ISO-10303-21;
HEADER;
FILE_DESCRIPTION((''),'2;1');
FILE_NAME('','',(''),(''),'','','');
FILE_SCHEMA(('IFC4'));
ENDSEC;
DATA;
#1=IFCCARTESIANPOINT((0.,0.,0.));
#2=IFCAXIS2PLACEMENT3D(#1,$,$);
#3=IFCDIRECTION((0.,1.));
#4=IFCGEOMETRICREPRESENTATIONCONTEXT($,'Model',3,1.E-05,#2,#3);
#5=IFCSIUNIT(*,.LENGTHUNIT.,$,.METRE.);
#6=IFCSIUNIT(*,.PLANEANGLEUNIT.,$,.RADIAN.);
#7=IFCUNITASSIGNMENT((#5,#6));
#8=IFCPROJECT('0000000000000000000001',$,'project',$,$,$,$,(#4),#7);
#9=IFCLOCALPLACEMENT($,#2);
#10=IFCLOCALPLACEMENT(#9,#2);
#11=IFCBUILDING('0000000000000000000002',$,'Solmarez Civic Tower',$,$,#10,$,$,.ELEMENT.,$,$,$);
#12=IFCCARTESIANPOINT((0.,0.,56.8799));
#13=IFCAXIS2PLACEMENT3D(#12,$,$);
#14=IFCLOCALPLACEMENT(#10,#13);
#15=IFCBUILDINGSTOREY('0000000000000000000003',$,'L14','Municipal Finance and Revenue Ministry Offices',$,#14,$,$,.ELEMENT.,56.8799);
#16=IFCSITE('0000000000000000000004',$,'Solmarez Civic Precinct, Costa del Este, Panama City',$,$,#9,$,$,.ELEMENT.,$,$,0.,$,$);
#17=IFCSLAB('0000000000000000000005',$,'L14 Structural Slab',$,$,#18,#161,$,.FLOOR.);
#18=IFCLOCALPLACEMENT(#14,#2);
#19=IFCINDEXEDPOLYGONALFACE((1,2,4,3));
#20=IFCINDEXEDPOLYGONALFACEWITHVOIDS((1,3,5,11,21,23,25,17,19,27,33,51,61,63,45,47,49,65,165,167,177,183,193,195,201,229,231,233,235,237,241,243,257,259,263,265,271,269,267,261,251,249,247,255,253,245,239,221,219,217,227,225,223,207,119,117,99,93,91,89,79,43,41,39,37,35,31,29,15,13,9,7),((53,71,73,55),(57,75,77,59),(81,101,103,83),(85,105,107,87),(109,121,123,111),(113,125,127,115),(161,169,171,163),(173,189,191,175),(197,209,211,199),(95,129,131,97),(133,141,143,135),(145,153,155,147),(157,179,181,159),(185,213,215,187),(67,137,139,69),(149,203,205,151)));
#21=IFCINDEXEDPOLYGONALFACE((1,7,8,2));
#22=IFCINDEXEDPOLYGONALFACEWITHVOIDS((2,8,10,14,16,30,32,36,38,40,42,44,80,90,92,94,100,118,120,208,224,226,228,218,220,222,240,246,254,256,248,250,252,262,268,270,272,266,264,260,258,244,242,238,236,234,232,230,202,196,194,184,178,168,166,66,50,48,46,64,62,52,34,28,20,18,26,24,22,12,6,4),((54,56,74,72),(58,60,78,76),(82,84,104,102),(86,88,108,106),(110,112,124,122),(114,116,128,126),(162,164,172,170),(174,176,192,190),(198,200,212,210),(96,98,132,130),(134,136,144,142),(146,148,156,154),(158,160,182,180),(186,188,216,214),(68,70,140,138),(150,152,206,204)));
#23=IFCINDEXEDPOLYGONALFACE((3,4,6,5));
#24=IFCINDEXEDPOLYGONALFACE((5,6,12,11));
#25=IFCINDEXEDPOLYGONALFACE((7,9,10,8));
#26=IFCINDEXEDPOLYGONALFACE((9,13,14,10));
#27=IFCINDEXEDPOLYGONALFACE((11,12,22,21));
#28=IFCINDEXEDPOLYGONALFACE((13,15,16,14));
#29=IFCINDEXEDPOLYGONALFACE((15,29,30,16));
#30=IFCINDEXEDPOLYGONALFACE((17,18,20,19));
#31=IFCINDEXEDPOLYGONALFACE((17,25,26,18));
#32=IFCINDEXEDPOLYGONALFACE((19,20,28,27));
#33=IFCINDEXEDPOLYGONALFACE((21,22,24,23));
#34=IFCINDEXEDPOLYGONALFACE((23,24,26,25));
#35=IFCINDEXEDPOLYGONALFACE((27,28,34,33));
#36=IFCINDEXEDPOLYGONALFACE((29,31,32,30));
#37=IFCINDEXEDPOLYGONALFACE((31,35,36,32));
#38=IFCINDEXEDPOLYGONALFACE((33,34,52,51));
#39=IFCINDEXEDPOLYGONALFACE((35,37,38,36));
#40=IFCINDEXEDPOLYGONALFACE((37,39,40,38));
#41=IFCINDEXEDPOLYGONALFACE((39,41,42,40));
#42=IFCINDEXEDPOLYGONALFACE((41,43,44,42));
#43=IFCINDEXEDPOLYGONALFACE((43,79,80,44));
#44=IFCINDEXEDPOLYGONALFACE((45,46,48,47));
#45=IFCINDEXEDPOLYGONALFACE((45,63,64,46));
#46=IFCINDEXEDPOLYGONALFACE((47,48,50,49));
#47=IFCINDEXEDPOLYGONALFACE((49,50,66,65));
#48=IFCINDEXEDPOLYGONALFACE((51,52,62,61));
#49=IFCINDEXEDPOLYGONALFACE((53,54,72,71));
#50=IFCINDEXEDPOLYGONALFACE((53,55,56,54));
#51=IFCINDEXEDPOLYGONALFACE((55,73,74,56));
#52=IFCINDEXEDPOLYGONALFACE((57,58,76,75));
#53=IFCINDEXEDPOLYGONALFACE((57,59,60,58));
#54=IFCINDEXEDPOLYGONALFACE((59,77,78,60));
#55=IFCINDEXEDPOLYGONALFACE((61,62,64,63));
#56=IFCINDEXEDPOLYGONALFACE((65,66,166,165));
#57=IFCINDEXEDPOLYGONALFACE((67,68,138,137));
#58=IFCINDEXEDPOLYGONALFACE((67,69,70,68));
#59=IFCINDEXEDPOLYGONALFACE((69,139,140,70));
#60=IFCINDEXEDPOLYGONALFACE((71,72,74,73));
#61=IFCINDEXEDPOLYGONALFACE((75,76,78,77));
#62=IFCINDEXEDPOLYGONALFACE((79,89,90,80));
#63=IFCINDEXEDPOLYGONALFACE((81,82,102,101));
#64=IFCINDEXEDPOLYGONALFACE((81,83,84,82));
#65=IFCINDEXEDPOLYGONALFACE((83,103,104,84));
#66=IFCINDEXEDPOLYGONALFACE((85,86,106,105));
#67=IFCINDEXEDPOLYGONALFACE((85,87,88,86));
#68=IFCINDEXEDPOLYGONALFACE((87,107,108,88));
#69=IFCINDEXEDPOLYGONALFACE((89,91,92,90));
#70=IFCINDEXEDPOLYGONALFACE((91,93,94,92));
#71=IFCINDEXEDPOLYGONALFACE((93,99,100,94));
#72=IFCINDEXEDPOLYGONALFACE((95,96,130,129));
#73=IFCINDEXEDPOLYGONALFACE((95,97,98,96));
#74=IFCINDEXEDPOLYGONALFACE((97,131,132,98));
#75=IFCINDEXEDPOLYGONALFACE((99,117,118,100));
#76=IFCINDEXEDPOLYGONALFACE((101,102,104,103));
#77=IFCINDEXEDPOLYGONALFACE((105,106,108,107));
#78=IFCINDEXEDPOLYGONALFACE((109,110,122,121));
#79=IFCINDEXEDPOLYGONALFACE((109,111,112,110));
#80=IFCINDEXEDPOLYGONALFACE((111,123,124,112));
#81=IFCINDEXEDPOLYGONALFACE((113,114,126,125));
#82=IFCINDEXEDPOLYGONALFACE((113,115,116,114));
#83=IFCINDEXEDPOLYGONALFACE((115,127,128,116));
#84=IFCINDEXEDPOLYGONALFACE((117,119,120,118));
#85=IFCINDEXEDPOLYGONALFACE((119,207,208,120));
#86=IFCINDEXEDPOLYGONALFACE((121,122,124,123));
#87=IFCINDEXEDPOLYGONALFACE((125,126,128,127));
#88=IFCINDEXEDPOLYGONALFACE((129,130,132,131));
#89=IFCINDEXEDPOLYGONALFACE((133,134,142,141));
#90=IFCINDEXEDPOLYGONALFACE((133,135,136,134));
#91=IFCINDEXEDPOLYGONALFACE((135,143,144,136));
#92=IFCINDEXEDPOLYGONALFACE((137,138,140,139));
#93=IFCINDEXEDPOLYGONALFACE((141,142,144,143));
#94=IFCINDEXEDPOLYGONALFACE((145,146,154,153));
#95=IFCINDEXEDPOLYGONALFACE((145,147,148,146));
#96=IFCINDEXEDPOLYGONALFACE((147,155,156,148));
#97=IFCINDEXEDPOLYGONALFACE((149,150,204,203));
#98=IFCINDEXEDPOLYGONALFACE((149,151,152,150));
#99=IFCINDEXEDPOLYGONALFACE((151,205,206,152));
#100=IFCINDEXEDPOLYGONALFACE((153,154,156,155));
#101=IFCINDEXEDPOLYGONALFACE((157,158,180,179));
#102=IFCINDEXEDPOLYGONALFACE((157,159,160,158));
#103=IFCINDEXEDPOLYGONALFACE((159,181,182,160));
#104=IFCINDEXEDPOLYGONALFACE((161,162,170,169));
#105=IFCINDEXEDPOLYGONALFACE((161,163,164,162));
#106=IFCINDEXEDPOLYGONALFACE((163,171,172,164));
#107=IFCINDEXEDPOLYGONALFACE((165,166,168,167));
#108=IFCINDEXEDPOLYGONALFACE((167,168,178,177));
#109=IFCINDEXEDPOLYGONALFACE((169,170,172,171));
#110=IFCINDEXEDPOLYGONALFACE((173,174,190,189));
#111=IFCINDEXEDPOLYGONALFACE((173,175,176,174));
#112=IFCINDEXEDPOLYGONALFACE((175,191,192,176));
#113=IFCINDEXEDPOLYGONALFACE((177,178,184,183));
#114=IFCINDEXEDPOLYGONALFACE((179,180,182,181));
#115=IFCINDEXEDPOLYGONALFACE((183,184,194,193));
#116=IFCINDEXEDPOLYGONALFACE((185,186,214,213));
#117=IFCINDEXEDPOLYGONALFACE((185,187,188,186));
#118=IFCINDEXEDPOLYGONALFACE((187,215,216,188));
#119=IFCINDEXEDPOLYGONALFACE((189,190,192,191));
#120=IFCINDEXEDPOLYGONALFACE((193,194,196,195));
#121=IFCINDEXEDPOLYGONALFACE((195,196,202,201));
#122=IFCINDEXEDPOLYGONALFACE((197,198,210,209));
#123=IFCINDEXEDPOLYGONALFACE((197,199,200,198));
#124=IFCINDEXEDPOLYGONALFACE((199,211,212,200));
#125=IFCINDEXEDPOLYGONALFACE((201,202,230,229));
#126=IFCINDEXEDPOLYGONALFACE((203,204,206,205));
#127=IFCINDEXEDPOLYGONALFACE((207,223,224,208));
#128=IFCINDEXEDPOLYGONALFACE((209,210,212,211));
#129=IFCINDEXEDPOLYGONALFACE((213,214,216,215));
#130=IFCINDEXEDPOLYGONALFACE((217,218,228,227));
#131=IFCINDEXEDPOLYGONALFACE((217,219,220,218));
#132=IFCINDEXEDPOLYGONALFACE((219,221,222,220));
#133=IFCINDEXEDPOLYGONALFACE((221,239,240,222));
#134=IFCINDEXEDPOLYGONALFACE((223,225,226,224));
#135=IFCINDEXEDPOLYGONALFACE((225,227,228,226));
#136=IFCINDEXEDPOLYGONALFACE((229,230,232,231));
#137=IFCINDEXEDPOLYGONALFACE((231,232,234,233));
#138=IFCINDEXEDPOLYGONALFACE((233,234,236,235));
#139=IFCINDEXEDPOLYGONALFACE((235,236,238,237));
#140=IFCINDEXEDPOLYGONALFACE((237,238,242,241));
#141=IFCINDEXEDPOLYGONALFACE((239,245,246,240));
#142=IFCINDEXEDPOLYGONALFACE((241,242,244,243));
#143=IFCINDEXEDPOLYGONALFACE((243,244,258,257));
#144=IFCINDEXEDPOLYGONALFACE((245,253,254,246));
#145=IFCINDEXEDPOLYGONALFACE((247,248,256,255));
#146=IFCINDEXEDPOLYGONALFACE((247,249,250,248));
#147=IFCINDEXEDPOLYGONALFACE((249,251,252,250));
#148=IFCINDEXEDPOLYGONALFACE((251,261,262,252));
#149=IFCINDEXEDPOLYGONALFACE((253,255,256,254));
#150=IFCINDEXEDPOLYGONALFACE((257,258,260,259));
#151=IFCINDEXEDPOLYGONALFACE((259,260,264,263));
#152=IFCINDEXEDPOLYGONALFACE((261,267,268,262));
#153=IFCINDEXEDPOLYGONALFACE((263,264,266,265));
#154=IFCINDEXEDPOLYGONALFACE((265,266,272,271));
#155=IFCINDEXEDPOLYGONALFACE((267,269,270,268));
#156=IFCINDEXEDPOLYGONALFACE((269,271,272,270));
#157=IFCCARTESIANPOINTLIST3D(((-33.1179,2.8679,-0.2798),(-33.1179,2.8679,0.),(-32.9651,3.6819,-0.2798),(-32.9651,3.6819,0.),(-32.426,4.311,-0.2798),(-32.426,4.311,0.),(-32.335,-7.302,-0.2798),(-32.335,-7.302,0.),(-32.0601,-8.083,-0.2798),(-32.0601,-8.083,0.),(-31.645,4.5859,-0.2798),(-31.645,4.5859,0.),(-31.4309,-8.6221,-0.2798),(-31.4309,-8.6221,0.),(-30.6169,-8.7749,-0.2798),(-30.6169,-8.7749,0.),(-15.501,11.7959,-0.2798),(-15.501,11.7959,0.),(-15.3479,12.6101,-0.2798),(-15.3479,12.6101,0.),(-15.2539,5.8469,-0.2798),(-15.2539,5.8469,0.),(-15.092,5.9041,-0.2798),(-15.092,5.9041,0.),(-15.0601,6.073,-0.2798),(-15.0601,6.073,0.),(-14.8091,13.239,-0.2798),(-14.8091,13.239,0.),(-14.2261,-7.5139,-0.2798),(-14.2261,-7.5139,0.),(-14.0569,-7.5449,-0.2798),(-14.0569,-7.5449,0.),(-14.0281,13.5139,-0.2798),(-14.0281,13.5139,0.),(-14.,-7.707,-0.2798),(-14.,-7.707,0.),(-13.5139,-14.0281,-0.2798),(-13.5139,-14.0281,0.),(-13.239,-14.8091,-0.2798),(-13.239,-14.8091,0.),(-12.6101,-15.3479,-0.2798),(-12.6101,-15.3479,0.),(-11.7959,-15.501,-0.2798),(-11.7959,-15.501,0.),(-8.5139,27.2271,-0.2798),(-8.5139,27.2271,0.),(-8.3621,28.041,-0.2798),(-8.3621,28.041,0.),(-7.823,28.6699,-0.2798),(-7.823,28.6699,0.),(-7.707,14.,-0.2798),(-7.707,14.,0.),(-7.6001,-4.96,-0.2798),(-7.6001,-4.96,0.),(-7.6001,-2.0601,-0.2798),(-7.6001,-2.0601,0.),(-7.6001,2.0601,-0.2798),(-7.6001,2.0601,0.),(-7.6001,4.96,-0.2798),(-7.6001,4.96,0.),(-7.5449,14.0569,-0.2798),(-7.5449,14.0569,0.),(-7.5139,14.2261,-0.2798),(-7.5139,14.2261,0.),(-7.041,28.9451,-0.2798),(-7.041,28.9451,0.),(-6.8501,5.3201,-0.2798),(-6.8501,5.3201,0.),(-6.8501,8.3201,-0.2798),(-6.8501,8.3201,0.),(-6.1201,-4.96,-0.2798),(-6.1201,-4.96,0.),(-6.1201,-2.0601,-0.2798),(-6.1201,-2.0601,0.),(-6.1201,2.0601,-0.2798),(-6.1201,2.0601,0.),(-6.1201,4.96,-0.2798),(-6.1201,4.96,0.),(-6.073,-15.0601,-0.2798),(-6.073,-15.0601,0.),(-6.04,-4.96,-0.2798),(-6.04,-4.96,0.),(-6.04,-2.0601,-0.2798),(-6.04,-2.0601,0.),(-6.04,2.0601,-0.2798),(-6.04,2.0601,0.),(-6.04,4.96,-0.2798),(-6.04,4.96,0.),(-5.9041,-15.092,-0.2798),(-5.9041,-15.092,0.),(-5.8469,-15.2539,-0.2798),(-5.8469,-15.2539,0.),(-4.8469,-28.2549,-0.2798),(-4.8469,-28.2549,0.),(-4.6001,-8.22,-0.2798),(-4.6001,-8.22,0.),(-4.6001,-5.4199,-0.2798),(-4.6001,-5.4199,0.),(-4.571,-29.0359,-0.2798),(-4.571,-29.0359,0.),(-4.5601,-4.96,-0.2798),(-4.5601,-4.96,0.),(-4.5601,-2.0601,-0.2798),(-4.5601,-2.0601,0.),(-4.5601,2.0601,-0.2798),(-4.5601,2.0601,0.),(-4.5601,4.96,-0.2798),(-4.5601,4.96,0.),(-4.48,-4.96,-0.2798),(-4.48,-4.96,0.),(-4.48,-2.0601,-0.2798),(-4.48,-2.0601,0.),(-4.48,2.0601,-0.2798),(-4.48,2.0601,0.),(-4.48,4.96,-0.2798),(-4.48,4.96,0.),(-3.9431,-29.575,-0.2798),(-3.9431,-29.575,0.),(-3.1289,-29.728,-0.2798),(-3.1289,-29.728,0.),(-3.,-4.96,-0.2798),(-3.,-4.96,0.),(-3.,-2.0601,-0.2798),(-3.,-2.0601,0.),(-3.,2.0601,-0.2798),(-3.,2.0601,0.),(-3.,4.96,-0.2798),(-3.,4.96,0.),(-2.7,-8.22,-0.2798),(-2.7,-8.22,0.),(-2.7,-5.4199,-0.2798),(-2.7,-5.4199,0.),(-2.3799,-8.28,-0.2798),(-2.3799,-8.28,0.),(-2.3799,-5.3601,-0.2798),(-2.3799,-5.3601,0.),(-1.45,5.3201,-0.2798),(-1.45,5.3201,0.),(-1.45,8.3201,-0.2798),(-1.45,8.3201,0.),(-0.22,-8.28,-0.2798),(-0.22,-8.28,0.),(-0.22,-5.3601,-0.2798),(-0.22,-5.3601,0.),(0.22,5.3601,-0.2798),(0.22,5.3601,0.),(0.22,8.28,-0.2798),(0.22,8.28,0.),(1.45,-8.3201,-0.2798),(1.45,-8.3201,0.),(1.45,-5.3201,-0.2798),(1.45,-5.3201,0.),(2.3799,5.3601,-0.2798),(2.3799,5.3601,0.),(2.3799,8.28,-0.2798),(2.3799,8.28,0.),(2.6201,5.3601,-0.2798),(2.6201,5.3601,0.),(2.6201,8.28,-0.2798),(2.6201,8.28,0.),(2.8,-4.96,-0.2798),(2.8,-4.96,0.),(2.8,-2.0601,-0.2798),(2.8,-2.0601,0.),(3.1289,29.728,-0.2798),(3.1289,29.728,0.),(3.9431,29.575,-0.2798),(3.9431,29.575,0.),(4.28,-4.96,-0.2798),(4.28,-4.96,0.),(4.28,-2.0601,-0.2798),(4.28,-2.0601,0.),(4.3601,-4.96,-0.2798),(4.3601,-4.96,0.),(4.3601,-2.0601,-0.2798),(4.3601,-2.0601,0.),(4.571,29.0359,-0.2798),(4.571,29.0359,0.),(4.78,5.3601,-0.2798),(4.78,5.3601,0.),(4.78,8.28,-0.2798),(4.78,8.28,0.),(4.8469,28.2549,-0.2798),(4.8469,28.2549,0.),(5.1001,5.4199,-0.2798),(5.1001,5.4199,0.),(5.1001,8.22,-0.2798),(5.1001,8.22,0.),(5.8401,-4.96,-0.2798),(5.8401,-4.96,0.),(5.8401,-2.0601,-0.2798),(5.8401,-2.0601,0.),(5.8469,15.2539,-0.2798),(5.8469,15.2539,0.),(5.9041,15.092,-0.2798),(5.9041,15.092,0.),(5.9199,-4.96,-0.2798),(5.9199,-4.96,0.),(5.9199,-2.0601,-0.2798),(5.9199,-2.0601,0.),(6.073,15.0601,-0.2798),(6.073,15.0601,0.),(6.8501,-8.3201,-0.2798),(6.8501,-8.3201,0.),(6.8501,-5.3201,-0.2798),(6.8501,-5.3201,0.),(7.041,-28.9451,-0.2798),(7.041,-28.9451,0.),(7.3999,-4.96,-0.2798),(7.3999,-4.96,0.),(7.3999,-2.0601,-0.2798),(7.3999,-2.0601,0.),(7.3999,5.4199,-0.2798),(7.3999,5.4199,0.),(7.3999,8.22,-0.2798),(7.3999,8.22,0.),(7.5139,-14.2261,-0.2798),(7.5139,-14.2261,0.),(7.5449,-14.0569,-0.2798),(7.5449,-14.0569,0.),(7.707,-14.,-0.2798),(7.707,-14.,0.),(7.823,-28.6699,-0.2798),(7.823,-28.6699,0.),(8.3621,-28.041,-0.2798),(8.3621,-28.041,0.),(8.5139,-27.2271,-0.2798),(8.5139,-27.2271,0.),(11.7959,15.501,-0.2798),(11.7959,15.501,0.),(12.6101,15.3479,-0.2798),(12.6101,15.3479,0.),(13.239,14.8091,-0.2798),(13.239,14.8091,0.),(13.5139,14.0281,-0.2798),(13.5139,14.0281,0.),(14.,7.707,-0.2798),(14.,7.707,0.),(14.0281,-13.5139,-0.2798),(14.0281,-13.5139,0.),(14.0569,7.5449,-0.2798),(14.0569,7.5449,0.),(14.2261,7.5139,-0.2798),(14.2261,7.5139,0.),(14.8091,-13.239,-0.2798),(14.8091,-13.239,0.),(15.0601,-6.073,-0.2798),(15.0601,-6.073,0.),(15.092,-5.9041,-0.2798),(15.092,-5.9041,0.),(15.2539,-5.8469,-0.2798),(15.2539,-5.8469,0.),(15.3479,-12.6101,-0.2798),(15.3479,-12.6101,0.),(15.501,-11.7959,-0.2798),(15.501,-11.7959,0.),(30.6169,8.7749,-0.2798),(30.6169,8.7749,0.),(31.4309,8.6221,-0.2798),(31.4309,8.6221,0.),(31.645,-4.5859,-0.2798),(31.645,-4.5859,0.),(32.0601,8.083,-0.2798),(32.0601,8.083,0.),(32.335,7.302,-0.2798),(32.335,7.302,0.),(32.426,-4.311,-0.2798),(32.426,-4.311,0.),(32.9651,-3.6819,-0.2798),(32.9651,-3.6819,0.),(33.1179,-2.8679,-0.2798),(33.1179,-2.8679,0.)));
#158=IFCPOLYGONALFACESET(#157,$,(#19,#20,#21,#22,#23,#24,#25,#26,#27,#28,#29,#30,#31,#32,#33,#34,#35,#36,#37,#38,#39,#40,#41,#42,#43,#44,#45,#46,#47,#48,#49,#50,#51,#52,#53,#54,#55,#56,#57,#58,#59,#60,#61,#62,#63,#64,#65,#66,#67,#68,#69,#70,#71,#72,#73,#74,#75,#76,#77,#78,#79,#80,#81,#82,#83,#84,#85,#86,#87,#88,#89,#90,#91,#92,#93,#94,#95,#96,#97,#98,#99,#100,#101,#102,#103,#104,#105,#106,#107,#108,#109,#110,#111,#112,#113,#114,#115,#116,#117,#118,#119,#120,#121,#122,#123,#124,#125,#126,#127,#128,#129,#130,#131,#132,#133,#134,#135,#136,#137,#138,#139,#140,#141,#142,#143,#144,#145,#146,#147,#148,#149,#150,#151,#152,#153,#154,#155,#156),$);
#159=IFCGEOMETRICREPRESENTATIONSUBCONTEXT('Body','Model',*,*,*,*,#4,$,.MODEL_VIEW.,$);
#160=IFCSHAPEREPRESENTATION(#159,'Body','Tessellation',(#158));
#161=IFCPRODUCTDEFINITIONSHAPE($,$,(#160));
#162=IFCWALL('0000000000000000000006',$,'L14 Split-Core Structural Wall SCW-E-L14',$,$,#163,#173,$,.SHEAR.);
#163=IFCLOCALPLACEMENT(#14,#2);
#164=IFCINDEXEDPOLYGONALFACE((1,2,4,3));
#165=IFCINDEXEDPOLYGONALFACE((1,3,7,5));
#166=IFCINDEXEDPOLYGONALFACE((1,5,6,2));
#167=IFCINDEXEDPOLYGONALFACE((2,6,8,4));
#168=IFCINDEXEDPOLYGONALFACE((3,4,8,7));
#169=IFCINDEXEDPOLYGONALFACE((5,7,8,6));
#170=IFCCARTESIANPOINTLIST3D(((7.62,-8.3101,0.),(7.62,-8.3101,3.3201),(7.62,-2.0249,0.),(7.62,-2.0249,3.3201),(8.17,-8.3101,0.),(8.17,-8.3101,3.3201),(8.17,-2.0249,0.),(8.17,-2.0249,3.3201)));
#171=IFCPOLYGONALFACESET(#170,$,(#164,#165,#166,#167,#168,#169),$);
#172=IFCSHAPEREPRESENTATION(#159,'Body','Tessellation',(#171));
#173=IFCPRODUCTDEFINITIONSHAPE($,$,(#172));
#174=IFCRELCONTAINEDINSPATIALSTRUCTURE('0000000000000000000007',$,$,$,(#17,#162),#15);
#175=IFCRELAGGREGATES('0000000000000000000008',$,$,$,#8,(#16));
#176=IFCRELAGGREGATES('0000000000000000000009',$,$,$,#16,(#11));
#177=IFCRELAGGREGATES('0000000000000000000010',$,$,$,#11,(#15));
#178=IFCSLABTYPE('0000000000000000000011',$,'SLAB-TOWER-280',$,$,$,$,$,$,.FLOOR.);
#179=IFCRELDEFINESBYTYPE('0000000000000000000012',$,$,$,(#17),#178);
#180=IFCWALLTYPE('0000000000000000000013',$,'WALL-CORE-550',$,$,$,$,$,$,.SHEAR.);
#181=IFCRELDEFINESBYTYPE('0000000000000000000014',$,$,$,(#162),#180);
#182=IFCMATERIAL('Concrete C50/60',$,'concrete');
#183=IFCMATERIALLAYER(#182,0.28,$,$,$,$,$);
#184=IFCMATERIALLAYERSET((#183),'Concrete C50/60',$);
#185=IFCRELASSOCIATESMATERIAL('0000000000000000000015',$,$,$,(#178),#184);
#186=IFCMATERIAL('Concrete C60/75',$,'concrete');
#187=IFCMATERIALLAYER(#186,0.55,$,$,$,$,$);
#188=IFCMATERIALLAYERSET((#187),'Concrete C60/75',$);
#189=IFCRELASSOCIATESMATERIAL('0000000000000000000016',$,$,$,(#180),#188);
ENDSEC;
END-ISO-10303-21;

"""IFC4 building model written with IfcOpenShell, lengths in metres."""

from ifc_helpers import new_model, si_unit, direction, frame, frame_2d, origin, place, context, subcontext, project, spatial, polyline, rectangle, outline, extrude, material, layer, layer_set, type_object, element, save


model = new_model("IFC4")

# Units and contexts
model_context = context("Model", 3, precision=1e-05, world=origin(), true_north=direction((0.0, 1.0)))
body_context = subcontext(model_context, "Body", "Model", "MODEL_VIEW")
ifc_project = project(units=[si_unit("LENGTHUNIT", "METRE"), si_unit("PLANEANGLEUNIT", "RADIAN")], contexts=[model_context])

# Site, building, storey
site_placement = place(None, origin())
site = spatial("IfcSite", under=ifc_project, at=site_placement, Name="Solmarez Civic Precinct, Costa del Este, Panama City", CompositionType="ELEMENT", RefElevation=0.0)
building_placement = place(site_placement, origin())
building = spatial("IfcBuilding", under=site, at=building_placement, Name="Solmarez Civic Tower", CompositionType="ELEMENT")
storey_placement = place(building_placement, frame((0.0, 0.0, 56.8799)))
storey = spatial("IfcBuildingStorey", under=building, at=storey_placement, Name="L14", Description="Municipal Finance and Revenue Ministry Offices", CompositionType="ELEMENT", Elevation=56.8799)

# Shared definitions
ifc_material_1 = material(Name="Concrete C50/60", Category="concrete")

# Slab
ifc_layer_1 = layer(ifc_material_1, 0.28)
ifc_layer_set_1 = layer_set([ifc_layer_1], Name="Concrete C50/60")
slab_type = type_object("IfcSlabType", Name="SLAB-TOWER-280", PredefinedType="FLOOR", material=ifc_layer_set_1)
slab_placement = place(storey_placement, frame((0.0, 0.0, -0.2798)))
element("IfcSlab", 1, at=slab_placement, inside=storey, type_object=slab_type, Name="L14 Structural Slab", PredefinedType="FLOOR", context=body_context, shape_type="SweptSolid", body=[
    extrude(outline(polyline([(-14.0, -7.707), (-13.5139, -14.0281), (-13.239, -14.8091), (-12.6101, -15.3479), (-11.7959, -15.501), (-6.073, -15.0601), (-5.9041, -15.092), (-5.8469, -15.2539), (-4.8469, -28.2549), (-4.571, -29.0359), (-3.9431, -29.575), (-3.1289, -29.728), (7.041, -28.9451), (7.823, -28.6699), (8.3621, -28.041), (8.5139, -27.2271), (7.5139, -14.2261), (7.5449, -14.0569), (7.707, -14.0), (14.0281, -13.5139), (14.8091, -13.239), (15.3479, -12.6101), (15.501, -11.7959), (15.0601, -6.073), (15.092, -5.9041), (15.2539, -5.8469), (31.645, -4.5859), (32.426, -4.311), (32.9651, -3.6819), (33.1179, -2.8679), (32.335, 7.302), (32.0601, 8.083), (31.4309, 8.6221), (30.6169, 8.7749), (14.2261, 7.5139), (14.0569, 7.5449), (14.0, 7.707), (13.5139, 14.0281), (13.239, 14.8091), (12.6101, 15.3479), (11.7959, 15.501), (6.073, 15.0601), (5.9041, 15.092), (5.8469, 15.2539), (4.8469, 28.2549), (4.571, 29.0359), (3.9431, 29.575), (3.1289, 29.728), (-7.041, 28.9451), (-7.823, 28.6699), (-8.3621, 28.041), (-8.5139, 27.2271), (-7.5139, 14.2261), (-7.5449, 14.0569), (-7.707, 14.0), (-14.0281, 13.5139), (-14.8091, 13.239), (-15.3479, 12.6101), (-15.501, 11.7959), (-15.0601, 6.073), (-15.092, 5.9041), (-15.2539, 5.8469), (-31.645, 4.5859), (-32.426, 4.311), (-32.9651, 3.6819), (-33.1179, 2.8679), (-32.335, -7.302), (-32.0601, -8.083), (-31.4309, -8.6221), (-30.6169, -8.7749), (-14.2261, -7.5139), (-14.0569, -7.5449), (-14.0, -7.707)]), holes=[polyline([(-1.45, 8.3201), (-6.8501, 8.3201), (-6.8501, 5.3201), (-1.45, 5.3201), (-1.45, 8.3201)]), polyline([(1.45, -8.3201), (6.8501, -8.3201), (6.8501, -5.3201), (1.45, -5.3201), (1.45, -8.3201)]), polyline([(0.22, 5.3601), (2.3799, 5.3601), (2.3799, 8.28), (0.22, 8.28), (0.22, 5.3601)]), polyline([(2.6201, 5.3601), (4.78, 5.3601), (4.78, 8.28), (2.6201, 8.28), (2.6201, 5.3601)]), polyline([(-2.3799, -8.28), (-0.22, -8.28), (-0.22, -5.3601), (-2.3799, -5.3601), (-2.3799, -8.28)]), polyline([(2.8, -4.96), (4.28, -4.96), (4.28, -2.0601), (2.8, -2.0601), (2.8, -4.96)]), polyline([(4.3601, -4.96), (5.8401, -4.96), (5.8401, -2.0601), (4.3601, -2.0601), (4.3601, -4.96)]), polyline([(5.9199, -4.96), (7.3999, -4.96), (7.3999, -2.0601), (5.9199, -2.0601), (5.9199, -4.96)]), polyline([(-7.6001, -4.96), (-6.1201, -4.96), (-6.1201, -2.0601), (-7.6001, -2.0601), (-7.6001, -4.96)]), polyline([(-6.04, -4.96), (-4.5601, -4.96), (-4.5601, -2.0601), (-6.04, -2.0601), (-6.04, -4.96)]), polyline([(-4.48, -4.96), (-3.0, -4.96), (-3.0, -2.0601), (-4.48, -2.0601), (-4.48, -4.96)]), polyline([(-7.6001, 2.0601), (-6.1201, 2.0601), (-6.1201, 4.96), (-7.6001, 4.96), (-7.6001, 2.0601)]), polyline([(-6.04, 2.0601), (-4.5601, 2.0601), (-4.5601, 4.96), (-6.04, 4.96), (-6.04, 2.0601)]), polyline([(-4.48, 2.0601), (-3.0, 2.0601), (-3.0, 4.96), (-4.48, 4.96), (-4.48, 2.0601)]), polyline([(5.1001, 5.4199), (7.3999, 5.4199), (7.3999, 8.22), (5.1001, 8.22), (5.1001, 5.4199)]), polyline([(-4.6001, -8.22), (-2.7, -8.22), (-2.7, -5.4199), (-4.6001, -5.4199), (-4.6001, -8.22)])]), origin(), (0.0, 0.0, 1.0), 0.2798),
])

# Wall
ifc_material_2 = material(Name="Concrete C60/75", Category="concrete")
ifc_layer_2 = layer(ifc_material_2, 0.55)
ifc_layer_set_2 = layer_set([ifc_layer_2], Name="Concrete C60/75")
wall_type_1 = type_object("IfcWallType", Name="WALL-CORE-550", PredefinedType="SHEAR", material=ifc_layer_set_2)
wall_1_placement = place(storey_placement, frame((7.895, -2.0249, 0.0), z_axis=(0.0, 0.0, 1.0), x_axis=(0.0, -1.0, 0.0)))
element("IfcWall", 2, at=wall_1_placement, inside=storey, type_object=wall_type_1, Name="L14 Split-Core Structural Wall SCW-E-L14", PredefinedType="SHEAR", context=body_context, shape_type="SweptSolid", body=[
    extrude(rectangle(XDim=6.2852, YDim=0.55, at=frame_2d((3.1426, 0.0))), origin(), (0.0, 0.0, 1.0), 3.3201),
])

save(model, "model.ifc")
